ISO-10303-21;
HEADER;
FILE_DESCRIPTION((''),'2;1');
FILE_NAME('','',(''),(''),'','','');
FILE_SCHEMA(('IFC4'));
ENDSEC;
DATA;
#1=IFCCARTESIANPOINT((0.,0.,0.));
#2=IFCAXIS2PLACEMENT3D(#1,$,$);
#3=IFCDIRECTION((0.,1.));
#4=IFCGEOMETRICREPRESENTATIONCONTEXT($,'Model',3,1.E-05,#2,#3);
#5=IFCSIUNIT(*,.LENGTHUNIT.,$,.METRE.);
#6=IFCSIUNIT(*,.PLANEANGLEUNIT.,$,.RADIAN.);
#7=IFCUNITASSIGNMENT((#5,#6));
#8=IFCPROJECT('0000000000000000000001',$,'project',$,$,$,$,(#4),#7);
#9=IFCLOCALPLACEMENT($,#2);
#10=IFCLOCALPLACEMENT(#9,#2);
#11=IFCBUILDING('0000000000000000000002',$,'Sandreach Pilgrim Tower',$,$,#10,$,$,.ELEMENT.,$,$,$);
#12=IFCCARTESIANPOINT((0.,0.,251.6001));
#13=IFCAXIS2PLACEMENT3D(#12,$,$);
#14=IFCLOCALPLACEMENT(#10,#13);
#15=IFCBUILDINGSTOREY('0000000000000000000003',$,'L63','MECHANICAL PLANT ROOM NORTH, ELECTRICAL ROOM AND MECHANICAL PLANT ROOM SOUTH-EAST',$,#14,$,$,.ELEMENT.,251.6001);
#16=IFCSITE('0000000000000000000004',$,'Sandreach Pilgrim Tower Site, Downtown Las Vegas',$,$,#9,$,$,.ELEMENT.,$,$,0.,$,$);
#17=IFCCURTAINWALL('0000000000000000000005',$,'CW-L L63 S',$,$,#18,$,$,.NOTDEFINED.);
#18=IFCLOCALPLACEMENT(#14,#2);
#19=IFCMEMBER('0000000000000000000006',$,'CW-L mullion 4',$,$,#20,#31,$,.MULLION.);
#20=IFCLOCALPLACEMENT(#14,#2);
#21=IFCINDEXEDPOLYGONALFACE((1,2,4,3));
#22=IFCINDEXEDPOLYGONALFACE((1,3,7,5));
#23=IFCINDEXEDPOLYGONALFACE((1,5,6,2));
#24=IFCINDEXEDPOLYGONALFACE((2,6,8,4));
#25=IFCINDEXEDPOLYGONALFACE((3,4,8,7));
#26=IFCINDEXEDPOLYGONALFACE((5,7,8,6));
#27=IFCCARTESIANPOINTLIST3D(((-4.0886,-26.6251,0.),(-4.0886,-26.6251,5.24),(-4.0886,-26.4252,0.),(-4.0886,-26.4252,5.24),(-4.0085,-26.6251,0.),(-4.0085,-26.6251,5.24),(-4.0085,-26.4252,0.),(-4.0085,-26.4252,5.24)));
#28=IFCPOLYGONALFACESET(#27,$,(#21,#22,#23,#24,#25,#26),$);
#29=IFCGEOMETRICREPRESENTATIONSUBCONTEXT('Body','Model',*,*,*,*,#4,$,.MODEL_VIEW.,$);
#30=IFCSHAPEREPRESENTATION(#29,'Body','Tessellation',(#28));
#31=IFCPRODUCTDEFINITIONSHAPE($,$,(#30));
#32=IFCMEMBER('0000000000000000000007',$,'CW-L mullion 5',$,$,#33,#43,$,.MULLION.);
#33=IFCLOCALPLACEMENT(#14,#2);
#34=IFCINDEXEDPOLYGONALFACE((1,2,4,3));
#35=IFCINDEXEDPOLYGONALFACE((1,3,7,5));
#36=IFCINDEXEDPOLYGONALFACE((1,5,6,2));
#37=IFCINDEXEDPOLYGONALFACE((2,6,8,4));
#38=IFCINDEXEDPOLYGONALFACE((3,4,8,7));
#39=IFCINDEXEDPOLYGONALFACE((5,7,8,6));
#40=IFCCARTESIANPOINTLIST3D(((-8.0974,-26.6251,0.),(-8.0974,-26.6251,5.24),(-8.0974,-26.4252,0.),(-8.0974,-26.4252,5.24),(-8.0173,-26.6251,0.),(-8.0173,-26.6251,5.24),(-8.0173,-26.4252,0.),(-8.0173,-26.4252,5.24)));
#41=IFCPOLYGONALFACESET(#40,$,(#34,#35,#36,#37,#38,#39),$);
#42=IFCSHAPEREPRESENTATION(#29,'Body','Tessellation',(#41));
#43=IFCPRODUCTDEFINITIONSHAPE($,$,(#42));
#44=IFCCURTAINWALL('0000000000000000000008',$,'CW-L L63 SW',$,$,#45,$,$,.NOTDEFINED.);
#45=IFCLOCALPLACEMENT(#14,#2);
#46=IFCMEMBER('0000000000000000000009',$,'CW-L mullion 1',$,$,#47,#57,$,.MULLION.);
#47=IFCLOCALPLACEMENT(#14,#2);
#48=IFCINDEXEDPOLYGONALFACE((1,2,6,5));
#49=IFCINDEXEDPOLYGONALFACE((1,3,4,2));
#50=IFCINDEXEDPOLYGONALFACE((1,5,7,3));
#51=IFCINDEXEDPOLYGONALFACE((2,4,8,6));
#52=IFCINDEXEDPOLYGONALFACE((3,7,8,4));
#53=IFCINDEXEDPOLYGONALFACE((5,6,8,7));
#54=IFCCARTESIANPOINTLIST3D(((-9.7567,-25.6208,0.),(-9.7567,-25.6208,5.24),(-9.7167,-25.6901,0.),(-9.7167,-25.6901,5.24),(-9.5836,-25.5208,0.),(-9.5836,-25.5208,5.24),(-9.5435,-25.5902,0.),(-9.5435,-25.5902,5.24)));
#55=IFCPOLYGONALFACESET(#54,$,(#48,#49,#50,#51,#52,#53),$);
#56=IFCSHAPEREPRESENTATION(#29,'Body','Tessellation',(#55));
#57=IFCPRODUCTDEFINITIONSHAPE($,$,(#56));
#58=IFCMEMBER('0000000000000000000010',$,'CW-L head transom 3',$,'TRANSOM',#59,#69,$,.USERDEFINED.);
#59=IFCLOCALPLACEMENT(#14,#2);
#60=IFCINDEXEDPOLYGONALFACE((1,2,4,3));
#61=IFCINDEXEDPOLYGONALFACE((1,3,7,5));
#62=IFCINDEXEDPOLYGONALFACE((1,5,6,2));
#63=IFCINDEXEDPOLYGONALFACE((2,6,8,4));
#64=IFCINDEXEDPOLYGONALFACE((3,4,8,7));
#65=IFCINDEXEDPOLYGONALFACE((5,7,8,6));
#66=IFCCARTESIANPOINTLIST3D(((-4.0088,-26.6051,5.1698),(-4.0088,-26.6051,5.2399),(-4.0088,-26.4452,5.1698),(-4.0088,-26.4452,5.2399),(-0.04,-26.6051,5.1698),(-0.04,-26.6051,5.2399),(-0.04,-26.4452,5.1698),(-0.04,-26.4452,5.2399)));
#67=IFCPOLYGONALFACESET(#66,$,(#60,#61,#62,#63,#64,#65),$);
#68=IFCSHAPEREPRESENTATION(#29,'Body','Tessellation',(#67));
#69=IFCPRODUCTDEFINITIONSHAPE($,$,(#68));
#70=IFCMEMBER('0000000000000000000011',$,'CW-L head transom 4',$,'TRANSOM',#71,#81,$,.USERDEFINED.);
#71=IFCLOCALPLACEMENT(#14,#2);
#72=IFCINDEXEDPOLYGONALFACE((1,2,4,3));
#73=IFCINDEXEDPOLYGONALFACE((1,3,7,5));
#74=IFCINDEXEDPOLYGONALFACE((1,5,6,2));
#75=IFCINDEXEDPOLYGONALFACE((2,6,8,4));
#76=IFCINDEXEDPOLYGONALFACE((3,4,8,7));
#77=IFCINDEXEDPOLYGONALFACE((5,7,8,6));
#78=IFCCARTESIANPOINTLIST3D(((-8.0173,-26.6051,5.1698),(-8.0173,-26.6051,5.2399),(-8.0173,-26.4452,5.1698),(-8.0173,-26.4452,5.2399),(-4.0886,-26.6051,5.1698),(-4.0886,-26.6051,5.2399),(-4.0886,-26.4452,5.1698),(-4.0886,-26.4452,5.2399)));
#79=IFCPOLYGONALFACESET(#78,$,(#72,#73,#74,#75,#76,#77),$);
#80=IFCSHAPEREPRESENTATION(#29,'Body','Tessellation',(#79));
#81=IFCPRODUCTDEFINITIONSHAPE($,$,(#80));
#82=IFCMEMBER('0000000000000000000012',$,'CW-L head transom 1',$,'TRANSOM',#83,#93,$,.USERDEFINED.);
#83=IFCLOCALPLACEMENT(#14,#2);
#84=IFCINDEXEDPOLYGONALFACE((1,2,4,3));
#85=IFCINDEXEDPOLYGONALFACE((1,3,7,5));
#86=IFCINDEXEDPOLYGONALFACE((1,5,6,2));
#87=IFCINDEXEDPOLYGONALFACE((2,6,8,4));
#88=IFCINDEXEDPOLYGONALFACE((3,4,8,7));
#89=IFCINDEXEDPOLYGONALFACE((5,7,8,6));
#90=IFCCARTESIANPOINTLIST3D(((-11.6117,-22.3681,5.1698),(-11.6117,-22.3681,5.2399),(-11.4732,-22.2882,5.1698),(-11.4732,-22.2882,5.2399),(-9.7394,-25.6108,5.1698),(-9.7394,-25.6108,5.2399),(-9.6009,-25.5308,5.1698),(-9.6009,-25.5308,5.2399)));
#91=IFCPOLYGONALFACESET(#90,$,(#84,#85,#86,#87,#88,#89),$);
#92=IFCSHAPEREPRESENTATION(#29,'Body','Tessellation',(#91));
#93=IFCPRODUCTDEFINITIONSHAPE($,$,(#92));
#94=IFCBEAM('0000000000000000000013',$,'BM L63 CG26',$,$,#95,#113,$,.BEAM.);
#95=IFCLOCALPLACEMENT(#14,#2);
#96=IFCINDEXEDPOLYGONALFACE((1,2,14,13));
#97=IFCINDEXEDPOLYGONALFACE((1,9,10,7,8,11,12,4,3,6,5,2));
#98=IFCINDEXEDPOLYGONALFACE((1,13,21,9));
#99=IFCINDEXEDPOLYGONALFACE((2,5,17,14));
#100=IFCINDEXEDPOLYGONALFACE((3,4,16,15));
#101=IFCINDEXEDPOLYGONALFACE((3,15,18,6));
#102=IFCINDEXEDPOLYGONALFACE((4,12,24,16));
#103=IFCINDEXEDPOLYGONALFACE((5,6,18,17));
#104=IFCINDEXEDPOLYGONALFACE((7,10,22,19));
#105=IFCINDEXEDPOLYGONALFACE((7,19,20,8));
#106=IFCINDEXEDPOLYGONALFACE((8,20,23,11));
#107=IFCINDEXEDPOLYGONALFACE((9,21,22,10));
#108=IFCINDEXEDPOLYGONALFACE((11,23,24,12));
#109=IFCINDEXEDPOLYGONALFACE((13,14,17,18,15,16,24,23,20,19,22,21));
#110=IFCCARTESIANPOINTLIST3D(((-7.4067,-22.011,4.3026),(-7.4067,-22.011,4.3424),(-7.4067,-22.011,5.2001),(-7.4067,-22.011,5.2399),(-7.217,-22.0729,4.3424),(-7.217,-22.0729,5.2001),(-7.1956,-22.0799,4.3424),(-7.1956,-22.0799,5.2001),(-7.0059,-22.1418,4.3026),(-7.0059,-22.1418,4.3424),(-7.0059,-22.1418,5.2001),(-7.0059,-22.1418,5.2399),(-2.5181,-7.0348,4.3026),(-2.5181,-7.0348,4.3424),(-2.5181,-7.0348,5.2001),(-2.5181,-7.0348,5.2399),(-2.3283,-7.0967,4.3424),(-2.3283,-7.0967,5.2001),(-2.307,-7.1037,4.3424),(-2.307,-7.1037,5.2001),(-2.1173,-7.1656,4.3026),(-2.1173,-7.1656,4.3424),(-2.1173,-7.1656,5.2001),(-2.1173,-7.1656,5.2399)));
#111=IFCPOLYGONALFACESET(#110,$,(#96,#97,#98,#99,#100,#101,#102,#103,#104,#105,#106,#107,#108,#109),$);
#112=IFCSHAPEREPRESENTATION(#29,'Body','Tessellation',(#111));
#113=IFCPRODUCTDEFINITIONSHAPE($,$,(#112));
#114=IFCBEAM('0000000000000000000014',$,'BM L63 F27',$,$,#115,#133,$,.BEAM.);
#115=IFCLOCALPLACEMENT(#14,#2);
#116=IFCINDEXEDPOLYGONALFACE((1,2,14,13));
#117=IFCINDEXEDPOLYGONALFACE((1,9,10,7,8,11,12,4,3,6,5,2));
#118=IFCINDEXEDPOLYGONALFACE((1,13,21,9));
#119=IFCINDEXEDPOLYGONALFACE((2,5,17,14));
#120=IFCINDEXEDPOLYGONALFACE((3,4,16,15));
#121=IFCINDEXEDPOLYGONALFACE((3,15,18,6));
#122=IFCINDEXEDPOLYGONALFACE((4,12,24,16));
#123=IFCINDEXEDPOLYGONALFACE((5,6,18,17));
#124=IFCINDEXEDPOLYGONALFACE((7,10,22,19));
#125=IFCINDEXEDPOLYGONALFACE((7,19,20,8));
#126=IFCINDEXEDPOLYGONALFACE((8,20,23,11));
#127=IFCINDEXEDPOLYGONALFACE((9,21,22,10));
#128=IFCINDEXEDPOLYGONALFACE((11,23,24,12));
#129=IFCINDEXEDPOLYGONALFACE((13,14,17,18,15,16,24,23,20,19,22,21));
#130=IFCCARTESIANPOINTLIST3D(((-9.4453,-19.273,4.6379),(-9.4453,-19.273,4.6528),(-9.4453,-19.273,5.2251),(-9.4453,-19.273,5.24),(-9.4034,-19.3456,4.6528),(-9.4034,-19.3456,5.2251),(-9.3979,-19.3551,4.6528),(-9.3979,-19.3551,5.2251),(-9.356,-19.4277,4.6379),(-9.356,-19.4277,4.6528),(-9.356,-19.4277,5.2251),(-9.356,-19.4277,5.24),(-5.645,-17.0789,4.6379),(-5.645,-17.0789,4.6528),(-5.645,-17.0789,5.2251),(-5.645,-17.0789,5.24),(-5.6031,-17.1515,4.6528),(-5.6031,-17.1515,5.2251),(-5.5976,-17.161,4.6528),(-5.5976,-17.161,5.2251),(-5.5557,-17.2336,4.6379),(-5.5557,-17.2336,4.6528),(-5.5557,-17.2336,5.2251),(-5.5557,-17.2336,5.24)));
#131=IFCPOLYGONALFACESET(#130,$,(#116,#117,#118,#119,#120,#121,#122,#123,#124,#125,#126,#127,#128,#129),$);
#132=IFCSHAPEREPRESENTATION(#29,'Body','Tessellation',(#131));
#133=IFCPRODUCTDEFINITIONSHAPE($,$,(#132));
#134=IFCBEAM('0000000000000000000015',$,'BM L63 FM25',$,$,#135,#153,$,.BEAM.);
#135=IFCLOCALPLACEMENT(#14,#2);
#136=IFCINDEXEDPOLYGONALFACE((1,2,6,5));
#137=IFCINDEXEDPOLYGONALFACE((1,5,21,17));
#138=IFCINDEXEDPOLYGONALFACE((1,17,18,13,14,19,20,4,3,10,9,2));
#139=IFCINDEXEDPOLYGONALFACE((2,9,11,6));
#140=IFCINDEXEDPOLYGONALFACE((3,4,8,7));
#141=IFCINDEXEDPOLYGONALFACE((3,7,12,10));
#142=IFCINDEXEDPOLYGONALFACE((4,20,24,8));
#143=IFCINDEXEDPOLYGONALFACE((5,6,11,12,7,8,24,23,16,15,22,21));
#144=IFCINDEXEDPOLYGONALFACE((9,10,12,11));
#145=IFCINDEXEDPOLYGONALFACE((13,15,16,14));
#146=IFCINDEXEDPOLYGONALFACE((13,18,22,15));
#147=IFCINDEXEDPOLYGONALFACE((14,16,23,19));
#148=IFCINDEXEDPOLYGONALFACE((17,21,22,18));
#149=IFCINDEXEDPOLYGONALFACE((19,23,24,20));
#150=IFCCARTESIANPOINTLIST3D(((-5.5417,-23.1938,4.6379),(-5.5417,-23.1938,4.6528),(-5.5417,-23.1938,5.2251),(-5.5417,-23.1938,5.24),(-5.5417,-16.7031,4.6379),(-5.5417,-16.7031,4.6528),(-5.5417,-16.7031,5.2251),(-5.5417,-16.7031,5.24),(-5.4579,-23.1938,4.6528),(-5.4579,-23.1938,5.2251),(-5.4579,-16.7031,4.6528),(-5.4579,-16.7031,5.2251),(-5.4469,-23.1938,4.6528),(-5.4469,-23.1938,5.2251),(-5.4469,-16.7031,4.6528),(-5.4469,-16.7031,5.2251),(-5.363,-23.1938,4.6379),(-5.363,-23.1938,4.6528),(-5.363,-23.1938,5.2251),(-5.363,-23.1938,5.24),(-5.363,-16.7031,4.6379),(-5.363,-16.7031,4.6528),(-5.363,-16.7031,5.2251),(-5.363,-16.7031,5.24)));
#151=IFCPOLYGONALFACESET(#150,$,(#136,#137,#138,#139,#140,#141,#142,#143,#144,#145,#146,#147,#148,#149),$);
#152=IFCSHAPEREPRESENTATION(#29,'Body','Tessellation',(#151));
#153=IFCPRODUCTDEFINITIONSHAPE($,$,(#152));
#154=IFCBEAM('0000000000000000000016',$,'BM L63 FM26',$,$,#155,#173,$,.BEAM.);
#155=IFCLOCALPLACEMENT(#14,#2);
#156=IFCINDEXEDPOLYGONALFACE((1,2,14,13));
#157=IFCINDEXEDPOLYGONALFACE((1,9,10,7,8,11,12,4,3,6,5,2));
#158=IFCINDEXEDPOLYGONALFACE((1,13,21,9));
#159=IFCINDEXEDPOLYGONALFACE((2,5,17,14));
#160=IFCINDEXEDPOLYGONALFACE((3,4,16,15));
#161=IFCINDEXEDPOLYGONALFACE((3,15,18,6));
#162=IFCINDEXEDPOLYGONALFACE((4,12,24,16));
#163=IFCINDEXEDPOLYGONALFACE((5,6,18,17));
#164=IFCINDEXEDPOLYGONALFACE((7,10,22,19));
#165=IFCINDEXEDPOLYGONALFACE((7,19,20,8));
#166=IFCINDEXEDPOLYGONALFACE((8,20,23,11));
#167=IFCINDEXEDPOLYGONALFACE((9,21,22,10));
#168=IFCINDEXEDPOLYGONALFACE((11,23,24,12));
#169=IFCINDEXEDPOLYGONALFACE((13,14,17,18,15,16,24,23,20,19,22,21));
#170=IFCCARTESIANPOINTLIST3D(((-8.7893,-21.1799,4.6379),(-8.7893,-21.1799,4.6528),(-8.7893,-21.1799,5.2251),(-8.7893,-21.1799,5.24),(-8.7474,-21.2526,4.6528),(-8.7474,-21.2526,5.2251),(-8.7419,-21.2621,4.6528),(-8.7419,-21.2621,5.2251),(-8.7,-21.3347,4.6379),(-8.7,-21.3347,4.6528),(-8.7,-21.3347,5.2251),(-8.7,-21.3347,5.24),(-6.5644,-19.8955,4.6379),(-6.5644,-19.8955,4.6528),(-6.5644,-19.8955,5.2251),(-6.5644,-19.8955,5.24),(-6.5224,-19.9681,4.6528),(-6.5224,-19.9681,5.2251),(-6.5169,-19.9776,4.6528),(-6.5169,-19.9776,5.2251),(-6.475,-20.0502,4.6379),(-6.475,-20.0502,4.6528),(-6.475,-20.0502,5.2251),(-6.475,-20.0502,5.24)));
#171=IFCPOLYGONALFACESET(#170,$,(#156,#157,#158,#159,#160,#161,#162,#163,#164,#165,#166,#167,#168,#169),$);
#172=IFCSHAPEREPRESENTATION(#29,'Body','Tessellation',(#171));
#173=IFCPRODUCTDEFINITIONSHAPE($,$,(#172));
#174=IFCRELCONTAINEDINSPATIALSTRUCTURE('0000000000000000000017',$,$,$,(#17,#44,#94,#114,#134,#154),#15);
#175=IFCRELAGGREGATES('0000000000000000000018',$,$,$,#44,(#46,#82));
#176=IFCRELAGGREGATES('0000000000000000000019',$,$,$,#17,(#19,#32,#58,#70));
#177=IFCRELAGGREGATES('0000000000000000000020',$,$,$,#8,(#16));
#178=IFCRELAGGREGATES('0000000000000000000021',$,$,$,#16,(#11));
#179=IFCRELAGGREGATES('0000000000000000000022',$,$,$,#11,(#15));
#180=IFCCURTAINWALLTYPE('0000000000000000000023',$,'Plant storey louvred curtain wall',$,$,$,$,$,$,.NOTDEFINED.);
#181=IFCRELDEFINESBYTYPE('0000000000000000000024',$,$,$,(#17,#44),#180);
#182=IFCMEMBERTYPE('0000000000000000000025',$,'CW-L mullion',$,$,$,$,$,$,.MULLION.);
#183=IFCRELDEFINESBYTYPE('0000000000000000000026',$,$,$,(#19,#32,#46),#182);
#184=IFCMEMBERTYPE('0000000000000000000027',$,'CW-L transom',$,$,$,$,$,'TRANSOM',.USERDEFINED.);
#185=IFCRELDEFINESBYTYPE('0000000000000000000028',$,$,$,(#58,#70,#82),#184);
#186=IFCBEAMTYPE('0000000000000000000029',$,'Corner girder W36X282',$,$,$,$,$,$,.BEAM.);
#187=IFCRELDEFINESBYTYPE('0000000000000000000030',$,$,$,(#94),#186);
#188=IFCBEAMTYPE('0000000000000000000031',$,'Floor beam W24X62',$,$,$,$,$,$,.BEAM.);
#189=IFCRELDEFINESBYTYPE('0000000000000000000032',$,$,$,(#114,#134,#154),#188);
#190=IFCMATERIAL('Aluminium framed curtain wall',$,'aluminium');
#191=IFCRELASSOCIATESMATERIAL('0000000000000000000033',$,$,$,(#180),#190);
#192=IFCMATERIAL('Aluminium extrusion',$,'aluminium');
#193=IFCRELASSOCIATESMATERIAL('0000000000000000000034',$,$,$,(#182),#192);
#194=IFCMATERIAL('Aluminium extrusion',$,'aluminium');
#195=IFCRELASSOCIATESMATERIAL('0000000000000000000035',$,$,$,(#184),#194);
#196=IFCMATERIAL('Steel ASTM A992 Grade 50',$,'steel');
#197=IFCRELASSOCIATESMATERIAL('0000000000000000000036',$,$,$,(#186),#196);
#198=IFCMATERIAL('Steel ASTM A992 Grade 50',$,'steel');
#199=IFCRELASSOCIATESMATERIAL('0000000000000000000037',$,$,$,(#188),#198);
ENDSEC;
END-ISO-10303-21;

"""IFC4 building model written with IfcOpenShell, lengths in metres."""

from ifc_helpers import new_model, si_unit, direction, frame, origin, origin_2d, place, context, subcontext, project, spatial, rectangle, i_section, extrude, material, material_profile, profile_set, type_object, element, aggregate, save


model = new_model("IFC4")

# Units and contexts
model_context = context("Model", 3, precision=1e-05, world=origin(), true_north=direction((0.0, 1.0)))
body_context = subcontext(model_context, "Body", "Model", "MODEL_VIEW")
ifc_project = project(units=[si_unit("LENGTHUNIT", "METRE"), si_unit("PLANEANGLEUNIT", "RADIAN")], contexts=[model_context])

# Site, building, storey
site_placement = place(None, origin())
site = spatial("IfcSite", under=ifc_project, at=site_placement, Name="Sandreach Pilgrim Tower Site, Downtown Las Vegas", CompositionType="ELEMENT", RefElevation=0.0)
building_placement = place(site_placement, origin())
building = spatial("IfcBuilding", under=site, at=building_placement, Name="Sandreach Pilgrim Tower", CompositionType="ELEMENT")
storey_placement = place(building_placement, frame((0.0, 0.0, 251.6001)))
storey = spatial("IfcBuildingStorey", under=building, at=storey_placement, Name="L63", Description="MECHANICAL PLANT ROOM NORTH, ELECTRICAL ROOM AND MECHANICAL PLANT ROOM SOUTH-EAST", CompositionType="ELEMENT", Elevation=251.6001)

# Curtain wall, members
ifc_material_1 = material(Name="Aluminium framed curtain wall", Category="aluminium")
curtain_wall_type = type_object("IfcCurtainWallType", Name="Plant storey louvred curtain wall", PredefinedType="NOTDEFINED", material=ifc_material_1)
curtain_wall_1_placement = place(storey_placement, origin())
curtain_wall_1 = element("IfcCurtainWall", 1, at=curtain_wall_1_placement, inside=storey, type_object=curtain_wall_type, Name="CW-L L63 S", PredefinedType="NOTDEFINED")
ifc_material_2 = material(Name="Aluminium extrusion", Category="aluminium")
ifc_material_profile_1 = material_profile(ifc_material_2, rectangle(XDim=0.0801, YDim=0.2, at=origin_2d()), Name="CW-LM 80X200")
ifc_profile_set_1 = profile_set([ifc_material_profile_1], Name="Aluminium extrusion")
member_type_1 = type_object("IfcMemberType", Name="CW-L mullion", PredefinedType="MULLION", material=ifc_profile_set_1)
member_1_placement = place(storey_placement, frame((-4.0486, -26.5251, 0.0), z_axis=(0.0, 0.0, 1.0), x_axis=(-1.0, 0.0, 0.0)))
member_1 = element("IfcMember", 2, at=member_1_placement, type_object=member_type_1, Name="CW-L mullion 4", PredefinedType="MULLION", context=body_context, shape_type="SweptSolid", body=[
    extrude(rectangle(XDim=0.0801, YDim=0.2, at=origin_2d()), origin(), (0.0, 0.0, 1.0), 5.24),
])
member_2_placement = place(storey_placement, frame((-8.0574, -26.5251, 0.0), z_axis=(0.0, 0.0, 1.0), x_axis=(-1.0, 0.0, 0.0)))
member_2 = element("IfcMember", 3, at=member_2_placement, type_object=member_type_1, Name="CW-L mullion 5", PredefinedType="MULLION", context=body_context, shape_type="SweptSolid", body=[
    extrude(rectangle(XDim=0.0801, YDim=0.2, at=origin_2d()), origin(), (0.0, 0.0, 1.0), 5.24),
])

# Curtain wall, member
curtain_wall_2_placement = place(storey_placement, origin())
curtain_wall_2 = element("IfcCurtainWall", 4, at=curtain_wall_2_placement, inside=storey, type_object=curtain_wall_type, Name="CW-L L63 SW", PredefinedType="NOTDEFINED")
member_3_placement = place(storey_placement, frame((-9.6501, -25.6055, 0.0), z_axis=(0.0, 0.0, 1.0), x_axis=(-0.5, 0.866025, 0.0)))
member_3 = element("IfcMember", 5, at=member_3_placement, type_object=member_type_1, Name="CW-L mullion 1", PredefinedType="MULLION", context=body_context, shape_type="SweptSolid", body=[
    extrude(rectangle(XDim=0.0801, YDim=0.2, at=origin_2d()), origin(), (0.0, 0.0, 1.0), 5.24),
])

# Members
ifc_material_3 = material(Name="Aluminium extrusion", Category="aluminium")
ifc_material_profile_2 = material_profile(ifc_material_3, rectangle(XDim=0.1599, YDim=0.0701, at=origin_2d()), Name="CW-LT 160X70")
ifc_profile_set_2 = profile_set([ifc_material_profile_2], Name="Aluminium extrusion")
member_type_2 = type_object("IfcMemberType", Name="CW-L transom", ElementType="TRANSOM", PredefinedType="USERDEFINED", material=ifc_profile_set_2)
member_4_placement = place(storey_placement, frame((-0.04, -26.5251, 5.2048), z_axis=(-1.0, 0.0, 0.0), x_axis=(0.0, -1.0, 0.0)))
member_4 = element("IfcMember", 6, at=member_4_placement, type_object=member_type_2, Name="CW-L head transom 3", ObjectType="TRANSOM", PredefinedType="USERDEFINED", context=body_context, shape_type="SweptSolid", body=[
    extrude(rectangle(XDim=0.1599, YDim=0.0701, at=origin_2d()), origin(), (0.0, 0.0, 1.0), 3.9688),
])
member_5_placement = place(storey_placement, frame((-4.0886, -26.5251, 5.2048), z_axis=(-1.0, 0.0, 0.0), x_axis=(0.0, -1.0, 0.0)))
member_5 = element("IfcMember", 7, at=member_5_placement, type_object=member_type_2, Name="CW-L head transom 4", ObjectType="TRANSOM", PredefinedType="USERDEFINED", context=body_context, shape_type="SweptSolid", body=[
    extrude(rectangle(XDim=0.1599, YDim=0.0701, at=origin_2d()), origin(), (0.0, 0.0, 1.0), 3.9287),
])
member_6_placement = place(storey_placement, frame((-9.6702, -25.5708, 5.2048), z_axis=(-0.500031, 0.866008, 0.0), x_axis=(-0.866008, -0.500031, 0.0)))
member_6 = element("IfcMember", 8, at=member_6_placement, type_object=member_type_2, Name="CW-L head transom 1", ObjectType="TRANSOM", PredefinedType="USERDEFINED", context=body_context, shape_type="SweptSolid", body=[
    extrude(rectangle(XDim=0.1599, YDim=0.0701, at=origin_2d()), origin(), (0.0, 0.0, 1.0), 3.7444),
])
aggregate(curtain_wall_2, [member_3, member_6])

# Beams
ifc_material_4 = material(Name="Steel ASTM A992 Grade 50", Category="steel")
ifc_material_profile_3 = material_profile(ifc_material_4, i_section(OverallWidth=0.4216, OverallDepth=0.9373, WebThickness=0.0225, FlangeThickness=0.0398, at=origin_2d()), Name="W36X282")
ifc_profile_set_3 = profile_set([ifc_material_profile_3], Name="Steel ASTM A992 Grade 50")
beam_type_1 = type_object("IfcBeamType", Name="Corner girder W36X282", PredefinedType="BEAM", material=ifc_profile_set_3)
beam_1_placement = place(storey_placement, frame((-7.2063, -22.0764, 4.7712), z_axis=(0.310313, 0.950635, 0.0), x_axis=(-0.950635, 0.310313, 0.0)))
element("IfcBeam", 9, at=beam_1_placement, inside=storey, type_object=beam_type_1, Name="BM L63 CG26", PredefinedType="BEAM", context=body_context, shape_type="SweptSolid", body=[
    extrude(i_section(OverallWidth=0.4216, OverallDepth=0.9373, WebThickness=0.0225, FlangeThickness=0.0398, at=origin_2d()), origin(), (0.0, 0.0, 1.0), 15.7539),
])
ifc_material_5 = material(Name="Steel ASTM A992 Grade 50", Category="steel")
ifc_material_profile_4 = material_profile(ifc_material_5, i_section(OverallWidth=0.1787, OverallDepth=0.6021, WebThickness=0.011, FlangeThickness=0.0149, at=origin_2d()), Name="W24X62")
ifc_profile_set_4 = profile_set([ifc_material_profile_4], Name="Steel ASTM A992 Grade 50")
beam_type_2 = type_object("IfcBeamType", Name="Floor beam W24X62", PredefinedType="BEAM", material=ifc_profile_set_4)
beam_2_placement = place(storey_placement, frame((-9.4006, -19.3503, 4.939), z_axis=(0.866026, 0.499999, 0.0), x_axis=(-0.499999, 0.866026, 0.0)))
element("IfcBeam", 10, at=beam_2_placement, inside=storey, type_object=beam_type_2, Name="BM L63 F27", PredefinedType="BEAM", context=body_context, shape_type="SweptSolid", body=[
    extrude(i_section(OverallWidth=0.1787, OverallDepth=0.6021, WebThickness=0.011, FlangeThickness=0.0149, at=origin_2d()), origin(), (0.0, 0.0, 1.0), 4.3882),
])
beam_3_placement = place(storey_placement, frame((-5.4524, -23.1938, 4.939), z_axis=(0.0, 1.0, 0.0), x_axis=(-1.0, 0.0, 0.0)))
element("IfcBeam", 11, at=beam_3_placement, inside=storey, type_object=beam_type_2, Name="BM L63 FM25", PredefinedType="BEAM", context=body_context, shape_type="SweptSolid", body=[
    extrude(i_section(OverallWidth=0.1787, OverallDepth=0.6021, WebThickness=0.011, FlangeThickness=0.0149, at=origin_2d()), origin(), (0.0, 0.0, 1.0), 6.4907),
])
beam_4_placement = place(storey_placement, frame((-8.7446, -21.2573, 4.939), z_axis=(0.866042, 0.499972, 0.0), x_axis=(-0.499972, 0.866042, 0.0)))
element("IfcBeam", 12, at=beam_4_placement, inside=storey, type_object=beam_type_2, Name="BM L63 FM26", PredefinedType="BEAM", context=body_context, shape_type="SweptSolid", body=[
    extrude(i_section(OverallWidth=0.1787, OverallDepth=0.6021, WebThickness=0.011, FlangeThickness=0.0149, at=origin_2d()), origin(), (0.0, 0.0, 1.0), 2.5691),
])

aggregate(curtain_wall_1, [member_1, member_2, member_4, member_5])

save(model, "model.ifc")
